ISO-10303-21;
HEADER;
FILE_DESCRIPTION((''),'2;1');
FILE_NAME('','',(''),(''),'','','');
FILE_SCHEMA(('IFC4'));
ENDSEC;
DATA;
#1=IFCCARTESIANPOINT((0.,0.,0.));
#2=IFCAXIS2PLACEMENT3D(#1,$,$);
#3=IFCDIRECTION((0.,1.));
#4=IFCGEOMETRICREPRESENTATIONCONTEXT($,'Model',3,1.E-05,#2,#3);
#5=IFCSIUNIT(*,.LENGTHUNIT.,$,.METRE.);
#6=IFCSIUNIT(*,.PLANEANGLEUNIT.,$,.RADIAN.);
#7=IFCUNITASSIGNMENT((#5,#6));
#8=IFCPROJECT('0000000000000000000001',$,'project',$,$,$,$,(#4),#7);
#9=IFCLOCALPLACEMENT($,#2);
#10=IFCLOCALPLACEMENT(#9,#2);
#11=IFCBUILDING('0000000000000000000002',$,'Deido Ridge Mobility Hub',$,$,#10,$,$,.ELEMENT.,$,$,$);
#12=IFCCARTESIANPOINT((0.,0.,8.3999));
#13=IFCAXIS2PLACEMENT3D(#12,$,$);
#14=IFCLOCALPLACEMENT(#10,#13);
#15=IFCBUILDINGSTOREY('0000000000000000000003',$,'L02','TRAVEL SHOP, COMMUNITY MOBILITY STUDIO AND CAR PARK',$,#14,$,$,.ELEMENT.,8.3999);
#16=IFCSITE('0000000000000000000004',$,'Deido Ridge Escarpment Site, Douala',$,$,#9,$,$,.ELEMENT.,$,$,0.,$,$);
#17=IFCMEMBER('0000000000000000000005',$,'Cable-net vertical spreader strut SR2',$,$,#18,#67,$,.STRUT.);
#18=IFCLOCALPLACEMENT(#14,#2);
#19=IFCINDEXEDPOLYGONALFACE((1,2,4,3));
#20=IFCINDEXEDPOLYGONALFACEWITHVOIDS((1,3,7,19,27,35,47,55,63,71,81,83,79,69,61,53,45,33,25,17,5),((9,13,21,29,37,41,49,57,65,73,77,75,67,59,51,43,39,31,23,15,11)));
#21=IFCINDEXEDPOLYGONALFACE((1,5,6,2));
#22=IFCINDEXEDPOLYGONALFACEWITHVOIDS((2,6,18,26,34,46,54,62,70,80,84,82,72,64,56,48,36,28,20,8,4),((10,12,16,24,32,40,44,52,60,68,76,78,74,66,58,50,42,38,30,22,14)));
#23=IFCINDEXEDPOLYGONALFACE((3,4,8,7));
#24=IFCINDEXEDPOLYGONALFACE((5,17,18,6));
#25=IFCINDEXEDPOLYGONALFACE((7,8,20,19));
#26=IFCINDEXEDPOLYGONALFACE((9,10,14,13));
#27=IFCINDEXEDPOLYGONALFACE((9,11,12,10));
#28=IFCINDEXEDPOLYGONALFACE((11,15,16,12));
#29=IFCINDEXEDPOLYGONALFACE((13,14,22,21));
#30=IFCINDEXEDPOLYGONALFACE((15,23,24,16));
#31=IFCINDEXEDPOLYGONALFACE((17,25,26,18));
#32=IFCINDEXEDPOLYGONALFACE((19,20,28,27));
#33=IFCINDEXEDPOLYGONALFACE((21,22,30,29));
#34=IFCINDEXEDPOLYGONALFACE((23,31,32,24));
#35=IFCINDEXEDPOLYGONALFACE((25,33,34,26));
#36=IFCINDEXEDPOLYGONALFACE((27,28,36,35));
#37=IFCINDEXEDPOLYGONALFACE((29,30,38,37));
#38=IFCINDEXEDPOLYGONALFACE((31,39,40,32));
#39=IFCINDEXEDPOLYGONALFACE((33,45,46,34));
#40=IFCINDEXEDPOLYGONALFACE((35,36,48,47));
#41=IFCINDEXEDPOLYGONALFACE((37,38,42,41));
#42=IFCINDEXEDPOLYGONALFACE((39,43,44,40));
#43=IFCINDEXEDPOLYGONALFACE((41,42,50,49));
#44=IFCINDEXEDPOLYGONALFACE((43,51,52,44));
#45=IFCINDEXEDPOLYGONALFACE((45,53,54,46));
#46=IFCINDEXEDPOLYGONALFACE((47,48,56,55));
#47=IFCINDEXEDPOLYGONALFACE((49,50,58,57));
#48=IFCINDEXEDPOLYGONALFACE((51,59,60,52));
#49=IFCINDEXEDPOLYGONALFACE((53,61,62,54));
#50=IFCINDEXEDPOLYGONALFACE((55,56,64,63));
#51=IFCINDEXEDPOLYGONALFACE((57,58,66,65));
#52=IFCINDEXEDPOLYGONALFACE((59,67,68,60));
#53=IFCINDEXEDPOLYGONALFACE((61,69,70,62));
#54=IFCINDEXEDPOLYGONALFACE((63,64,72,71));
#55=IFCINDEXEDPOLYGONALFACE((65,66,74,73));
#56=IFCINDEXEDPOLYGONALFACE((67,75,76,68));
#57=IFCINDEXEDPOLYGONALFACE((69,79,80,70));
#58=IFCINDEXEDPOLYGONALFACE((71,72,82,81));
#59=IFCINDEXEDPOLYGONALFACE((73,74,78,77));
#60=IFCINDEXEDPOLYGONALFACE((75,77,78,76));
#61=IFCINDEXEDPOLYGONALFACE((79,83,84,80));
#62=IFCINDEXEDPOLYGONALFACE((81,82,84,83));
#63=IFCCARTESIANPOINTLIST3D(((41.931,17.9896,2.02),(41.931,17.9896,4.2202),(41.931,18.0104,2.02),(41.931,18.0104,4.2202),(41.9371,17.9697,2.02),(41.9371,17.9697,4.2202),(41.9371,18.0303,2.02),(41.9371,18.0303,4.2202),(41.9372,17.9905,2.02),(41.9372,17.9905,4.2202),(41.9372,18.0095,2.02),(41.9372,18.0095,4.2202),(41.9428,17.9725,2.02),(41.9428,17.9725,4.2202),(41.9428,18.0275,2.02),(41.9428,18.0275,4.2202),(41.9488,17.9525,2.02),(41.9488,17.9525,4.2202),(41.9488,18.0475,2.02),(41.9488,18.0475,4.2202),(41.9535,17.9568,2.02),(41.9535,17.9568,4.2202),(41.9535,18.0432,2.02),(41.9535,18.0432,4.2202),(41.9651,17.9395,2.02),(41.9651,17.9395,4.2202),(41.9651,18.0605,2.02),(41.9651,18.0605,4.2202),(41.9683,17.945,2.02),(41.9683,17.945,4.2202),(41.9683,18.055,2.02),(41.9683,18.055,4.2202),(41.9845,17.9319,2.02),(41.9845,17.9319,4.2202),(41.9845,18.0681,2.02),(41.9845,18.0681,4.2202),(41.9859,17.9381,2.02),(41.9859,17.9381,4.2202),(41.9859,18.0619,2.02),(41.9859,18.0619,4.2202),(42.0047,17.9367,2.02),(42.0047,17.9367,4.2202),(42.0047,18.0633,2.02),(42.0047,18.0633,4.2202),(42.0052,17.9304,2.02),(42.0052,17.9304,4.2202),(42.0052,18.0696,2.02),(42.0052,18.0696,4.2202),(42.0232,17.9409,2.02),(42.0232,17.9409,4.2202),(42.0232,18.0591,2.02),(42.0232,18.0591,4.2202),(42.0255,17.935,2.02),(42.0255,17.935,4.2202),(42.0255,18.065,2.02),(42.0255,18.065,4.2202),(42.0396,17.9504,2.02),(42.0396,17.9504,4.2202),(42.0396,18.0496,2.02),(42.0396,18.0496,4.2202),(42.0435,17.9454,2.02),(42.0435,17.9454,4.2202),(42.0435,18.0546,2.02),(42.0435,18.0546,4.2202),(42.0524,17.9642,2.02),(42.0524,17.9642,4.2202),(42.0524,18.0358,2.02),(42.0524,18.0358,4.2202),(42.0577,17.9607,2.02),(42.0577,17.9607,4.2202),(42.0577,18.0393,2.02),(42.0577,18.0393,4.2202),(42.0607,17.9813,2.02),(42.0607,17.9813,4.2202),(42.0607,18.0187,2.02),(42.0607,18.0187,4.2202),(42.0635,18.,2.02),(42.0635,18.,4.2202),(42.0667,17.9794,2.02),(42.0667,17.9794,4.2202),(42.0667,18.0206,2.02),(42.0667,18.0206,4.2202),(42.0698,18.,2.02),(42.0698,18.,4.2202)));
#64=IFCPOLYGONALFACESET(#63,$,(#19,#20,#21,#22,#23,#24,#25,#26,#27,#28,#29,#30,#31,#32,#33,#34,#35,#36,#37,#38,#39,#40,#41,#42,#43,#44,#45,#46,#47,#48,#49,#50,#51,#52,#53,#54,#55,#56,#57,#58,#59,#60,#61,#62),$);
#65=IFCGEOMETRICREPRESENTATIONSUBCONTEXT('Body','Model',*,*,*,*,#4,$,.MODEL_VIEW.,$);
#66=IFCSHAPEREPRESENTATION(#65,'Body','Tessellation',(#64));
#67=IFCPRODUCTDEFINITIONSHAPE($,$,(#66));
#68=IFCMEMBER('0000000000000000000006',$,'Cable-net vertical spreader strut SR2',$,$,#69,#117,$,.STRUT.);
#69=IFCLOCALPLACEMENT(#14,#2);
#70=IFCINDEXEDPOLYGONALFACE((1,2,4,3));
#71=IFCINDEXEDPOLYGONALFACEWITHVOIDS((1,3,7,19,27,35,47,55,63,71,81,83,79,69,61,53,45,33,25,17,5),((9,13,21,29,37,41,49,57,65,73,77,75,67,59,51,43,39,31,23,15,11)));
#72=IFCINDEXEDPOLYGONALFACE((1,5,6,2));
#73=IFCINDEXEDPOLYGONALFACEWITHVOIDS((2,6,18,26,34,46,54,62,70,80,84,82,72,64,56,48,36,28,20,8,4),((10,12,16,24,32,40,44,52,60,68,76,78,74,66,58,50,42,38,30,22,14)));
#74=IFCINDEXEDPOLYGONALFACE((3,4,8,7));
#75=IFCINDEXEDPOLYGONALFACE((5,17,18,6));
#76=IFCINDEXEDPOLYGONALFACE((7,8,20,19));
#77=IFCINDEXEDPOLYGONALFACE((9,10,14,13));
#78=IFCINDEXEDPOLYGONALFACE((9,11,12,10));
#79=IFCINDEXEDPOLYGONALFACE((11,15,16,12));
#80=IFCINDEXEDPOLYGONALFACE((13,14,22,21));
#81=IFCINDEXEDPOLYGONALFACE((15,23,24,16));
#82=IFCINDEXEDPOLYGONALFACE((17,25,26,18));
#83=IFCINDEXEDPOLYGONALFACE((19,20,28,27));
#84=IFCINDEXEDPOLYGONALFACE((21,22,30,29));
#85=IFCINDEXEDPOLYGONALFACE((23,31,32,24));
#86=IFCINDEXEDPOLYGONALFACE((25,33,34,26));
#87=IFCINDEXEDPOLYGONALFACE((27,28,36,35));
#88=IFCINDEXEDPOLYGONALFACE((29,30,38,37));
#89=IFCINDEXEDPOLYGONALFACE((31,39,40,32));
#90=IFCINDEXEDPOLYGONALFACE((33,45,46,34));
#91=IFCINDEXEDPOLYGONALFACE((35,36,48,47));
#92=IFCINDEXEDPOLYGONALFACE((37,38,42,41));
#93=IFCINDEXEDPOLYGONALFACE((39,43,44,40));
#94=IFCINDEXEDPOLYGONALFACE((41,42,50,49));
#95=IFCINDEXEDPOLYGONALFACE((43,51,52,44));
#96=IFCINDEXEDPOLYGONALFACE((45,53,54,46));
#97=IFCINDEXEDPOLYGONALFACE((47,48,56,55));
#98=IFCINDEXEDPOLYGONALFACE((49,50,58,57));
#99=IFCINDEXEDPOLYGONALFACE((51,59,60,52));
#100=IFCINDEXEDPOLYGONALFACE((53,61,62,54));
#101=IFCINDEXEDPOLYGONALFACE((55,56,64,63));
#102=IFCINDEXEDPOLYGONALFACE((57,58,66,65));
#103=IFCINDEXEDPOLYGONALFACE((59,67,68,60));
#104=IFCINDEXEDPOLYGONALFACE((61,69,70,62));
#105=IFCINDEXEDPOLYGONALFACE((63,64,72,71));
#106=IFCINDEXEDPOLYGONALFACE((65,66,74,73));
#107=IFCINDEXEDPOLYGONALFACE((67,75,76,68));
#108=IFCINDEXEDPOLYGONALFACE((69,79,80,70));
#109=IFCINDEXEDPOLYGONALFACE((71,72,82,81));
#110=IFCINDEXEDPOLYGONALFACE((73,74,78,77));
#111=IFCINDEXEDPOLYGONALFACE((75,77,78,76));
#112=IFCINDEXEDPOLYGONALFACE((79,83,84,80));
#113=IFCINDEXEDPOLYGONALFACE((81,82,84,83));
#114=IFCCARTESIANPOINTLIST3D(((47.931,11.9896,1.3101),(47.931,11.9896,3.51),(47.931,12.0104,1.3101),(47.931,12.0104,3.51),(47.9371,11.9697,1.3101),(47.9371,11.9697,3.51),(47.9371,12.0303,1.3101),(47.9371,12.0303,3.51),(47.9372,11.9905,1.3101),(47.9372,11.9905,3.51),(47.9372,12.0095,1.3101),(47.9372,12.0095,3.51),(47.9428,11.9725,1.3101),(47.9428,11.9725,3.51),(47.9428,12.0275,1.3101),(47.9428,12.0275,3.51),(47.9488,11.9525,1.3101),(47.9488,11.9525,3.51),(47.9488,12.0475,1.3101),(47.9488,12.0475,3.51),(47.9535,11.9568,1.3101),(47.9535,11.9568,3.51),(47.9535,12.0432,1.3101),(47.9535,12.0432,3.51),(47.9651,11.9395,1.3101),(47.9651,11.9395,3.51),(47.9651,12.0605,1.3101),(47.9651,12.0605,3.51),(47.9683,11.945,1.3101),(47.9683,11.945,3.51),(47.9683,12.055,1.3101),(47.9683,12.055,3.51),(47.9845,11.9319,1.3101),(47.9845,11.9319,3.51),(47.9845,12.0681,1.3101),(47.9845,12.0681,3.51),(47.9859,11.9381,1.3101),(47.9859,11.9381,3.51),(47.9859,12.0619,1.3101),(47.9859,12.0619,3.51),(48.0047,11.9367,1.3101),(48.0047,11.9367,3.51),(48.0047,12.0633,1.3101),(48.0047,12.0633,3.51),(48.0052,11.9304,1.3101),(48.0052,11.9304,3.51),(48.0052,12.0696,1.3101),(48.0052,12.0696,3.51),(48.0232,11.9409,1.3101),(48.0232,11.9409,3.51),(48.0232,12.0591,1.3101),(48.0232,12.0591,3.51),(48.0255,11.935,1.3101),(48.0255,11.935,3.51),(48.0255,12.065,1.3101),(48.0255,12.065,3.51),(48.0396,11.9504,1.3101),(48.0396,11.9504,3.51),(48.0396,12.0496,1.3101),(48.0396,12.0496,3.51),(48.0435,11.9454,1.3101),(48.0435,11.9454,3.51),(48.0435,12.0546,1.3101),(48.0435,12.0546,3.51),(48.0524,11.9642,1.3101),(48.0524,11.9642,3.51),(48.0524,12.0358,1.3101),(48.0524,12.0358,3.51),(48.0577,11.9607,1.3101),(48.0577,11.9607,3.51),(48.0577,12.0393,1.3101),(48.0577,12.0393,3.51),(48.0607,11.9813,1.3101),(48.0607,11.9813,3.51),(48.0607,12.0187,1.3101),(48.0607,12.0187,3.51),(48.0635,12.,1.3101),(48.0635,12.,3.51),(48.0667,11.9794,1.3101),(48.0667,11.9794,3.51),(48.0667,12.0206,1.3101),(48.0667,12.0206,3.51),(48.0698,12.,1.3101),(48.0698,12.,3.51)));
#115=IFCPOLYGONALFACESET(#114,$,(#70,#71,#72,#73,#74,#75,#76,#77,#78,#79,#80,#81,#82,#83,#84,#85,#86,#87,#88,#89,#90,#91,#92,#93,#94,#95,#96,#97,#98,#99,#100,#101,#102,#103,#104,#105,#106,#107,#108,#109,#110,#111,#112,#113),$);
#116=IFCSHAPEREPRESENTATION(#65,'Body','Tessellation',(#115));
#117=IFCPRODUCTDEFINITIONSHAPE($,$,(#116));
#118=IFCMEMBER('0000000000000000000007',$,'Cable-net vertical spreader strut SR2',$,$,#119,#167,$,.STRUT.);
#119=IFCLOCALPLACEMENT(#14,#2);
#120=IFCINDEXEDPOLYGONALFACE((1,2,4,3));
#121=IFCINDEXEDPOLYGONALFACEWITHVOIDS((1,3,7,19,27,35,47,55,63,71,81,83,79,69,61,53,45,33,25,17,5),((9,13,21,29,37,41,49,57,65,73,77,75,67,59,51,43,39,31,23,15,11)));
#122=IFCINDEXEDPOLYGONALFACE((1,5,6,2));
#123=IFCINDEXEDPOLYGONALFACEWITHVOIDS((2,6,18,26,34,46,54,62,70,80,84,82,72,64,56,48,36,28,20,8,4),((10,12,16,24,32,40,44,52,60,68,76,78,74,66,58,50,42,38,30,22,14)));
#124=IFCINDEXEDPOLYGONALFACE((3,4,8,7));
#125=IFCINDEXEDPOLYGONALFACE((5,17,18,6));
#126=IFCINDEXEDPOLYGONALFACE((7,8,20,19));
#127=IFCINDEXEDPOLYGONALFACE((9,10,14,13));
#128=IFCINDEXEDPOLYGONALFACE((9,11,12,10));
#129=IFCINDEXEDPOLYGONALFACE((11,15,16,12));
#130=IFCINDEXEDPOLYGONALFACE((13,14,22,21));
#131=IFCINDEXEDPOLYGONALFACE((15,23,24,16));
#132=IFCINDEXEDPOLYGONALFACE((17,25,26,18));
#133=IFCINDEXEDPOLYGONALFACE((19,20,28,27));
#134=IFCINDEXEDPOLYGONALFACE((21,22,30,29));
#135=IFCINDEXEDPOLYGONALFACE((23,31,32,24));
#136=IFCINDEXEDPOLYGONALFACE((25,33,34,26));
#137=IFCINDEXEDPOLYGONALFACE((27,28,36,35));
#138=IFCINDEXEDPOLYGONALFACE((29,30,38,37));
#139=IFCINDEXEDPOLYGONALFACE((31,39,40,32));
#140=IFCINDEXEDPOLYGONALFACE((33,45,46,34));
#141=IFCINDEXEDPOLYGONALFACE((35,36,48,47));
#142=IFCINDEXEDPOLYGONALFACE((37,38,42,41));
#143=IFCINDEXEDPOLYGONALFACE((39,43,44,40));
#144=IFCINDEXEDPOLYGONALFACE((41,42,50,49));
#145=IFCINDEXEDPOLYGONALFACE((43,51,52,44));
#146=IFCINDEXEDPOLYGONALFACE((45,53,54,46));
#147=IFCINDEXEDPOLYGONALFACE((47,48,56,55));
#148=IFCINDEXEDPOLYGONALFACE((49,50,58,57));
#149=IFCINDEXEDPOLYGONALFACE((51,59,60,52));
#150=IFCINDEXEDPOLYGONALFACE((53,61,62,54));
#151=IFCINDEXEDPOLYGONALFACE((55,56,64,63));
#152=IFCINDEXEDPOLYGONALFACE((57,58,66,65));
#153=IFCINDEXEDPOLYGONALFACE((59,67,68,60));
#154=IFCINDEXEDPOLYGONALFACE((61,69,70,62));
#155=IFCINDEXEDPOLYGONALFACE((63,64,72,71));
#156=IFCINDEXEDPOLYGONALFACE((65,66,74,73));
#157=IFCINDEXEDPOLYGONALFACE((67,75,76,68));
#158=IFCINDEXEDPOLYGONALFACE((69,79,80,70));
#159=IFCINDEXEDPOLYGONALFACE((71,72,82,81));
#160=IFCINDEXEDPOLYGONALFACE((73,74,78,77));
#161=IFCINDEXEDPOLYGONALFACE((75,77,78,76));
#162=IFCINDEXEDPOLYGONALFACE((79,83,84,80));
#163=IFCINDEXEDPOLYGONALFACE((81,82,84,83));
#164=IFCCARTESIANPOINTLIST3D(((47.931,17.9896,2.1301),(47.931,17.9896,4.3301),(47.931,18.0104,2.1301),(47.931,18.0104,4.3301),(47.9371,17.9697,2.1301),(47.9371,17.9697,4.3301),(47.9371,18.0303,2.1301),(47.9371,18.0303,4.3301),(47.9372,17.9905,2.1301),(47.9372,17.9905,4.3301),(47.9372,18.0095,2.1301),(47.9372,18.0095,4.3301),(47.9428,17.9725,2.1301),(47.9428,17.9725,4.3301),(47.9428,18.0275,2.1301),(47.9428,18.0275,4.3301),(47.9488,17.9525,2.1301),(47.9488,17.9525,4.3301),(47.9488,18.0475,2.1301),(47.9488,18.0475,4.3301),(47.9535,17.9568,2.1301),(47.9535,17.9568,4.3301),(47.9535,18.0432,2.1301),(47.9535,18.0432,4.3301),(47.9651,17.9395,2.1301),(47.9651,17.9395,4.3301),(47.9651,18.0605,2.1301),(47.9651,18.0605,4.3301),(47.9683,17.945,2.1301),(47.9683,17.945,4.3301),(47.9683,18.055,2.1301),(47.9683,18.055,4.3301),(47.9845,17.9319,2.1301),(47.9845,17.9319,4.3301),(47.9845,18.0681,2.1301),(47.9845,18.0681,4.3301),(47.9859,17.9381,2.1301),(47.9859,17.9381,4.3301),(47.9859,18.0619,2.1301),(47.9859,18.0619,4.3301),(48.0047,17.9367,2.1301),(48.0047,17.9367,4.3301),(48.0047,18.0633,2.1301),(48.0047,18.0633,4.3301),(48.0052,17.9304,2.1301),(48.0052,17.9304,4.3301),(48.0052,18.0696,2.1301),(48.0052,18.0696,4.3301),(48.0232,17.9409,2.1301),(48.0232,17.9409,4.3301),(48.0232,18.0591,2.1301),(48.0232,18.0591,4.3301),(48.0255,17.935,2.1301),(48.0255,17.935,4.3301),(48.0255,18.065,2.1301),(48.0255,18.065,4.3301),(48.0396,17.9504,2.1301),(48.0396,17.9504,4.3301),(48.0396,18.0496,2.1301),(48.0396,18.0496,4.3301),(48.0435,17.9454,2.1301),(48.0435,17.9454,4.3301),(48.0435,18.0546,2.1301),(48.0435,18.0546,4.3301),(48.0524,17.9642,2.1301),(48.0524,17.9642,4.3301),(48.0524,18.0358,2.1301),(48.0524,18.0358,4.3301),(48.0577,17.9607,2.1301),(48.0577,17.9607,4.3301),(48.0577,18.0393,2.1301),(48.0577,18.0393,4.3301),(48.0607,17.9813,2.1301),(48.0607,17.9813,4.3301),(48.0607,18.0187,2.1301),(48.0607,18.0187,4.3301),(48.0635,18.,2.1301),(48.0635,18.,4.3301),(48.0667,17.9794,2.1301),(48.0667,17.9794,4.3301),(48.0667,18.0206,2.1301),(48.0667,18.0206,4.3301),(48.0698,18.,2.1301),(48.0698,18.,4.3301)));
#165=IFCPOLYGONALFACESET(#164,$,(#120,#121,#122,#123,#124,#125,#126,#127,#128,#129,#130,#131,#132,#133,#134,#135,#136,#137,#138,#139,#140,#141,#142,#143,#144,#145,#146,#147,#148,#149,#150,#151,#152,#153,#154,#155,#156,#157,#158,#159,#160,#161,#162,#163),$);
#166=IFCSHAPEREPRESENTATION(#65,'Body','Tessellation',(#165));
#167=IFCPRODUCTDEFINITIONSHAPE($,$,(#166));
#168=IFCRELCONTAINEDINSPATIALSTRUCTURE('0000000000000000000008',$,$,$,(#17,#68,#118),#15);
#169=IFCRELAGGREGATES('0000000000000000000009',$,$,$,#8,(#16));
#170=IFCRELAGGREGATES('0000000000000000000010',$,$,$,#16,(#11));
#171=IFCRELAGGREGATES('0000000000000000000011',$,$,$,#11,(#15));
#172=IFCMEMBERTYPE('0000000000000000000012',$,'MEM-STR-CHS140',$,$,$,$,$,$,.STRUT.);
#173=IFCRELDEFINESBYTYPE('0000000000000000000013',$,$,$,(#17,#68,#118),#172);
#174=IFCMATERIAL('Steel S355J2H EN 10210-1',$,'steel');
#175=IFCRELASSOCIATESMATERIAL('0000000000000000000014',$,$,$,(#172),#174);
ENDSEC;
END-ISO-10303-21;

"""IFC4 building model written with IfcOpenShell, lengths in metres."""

from ifc_helpers import new_model, si_unit, direction, frame, origin, origin_2d, place, context, subcontext, project, spatial, hollow_circle, extrude, material, material_profile, profile_set, type_object, element, save


model = new_model("IFC4")

# Units and contexts
model_context = context("Model", 3, precision=1e-05, world=origin(), true_north=direction((0.0, 1.0)))
body_context = subcontext(model_context, "Body", "Model", "MODEL_VIEW")
ifc_project = project(units=[si_unit("LENGTHUNIT", "METRE"), si_unit("PLANEANGLEUNIT", "RADIAN")], contexts=[model_context])

# Site, building, storey
site_placement = place(None, origin())
site = spatial("IfcSite", under=ifc_project, at=site_placement, Name="Deido Ridge Escarpment Site, Douala", CompositionType="ELEMENT", RefElevation=0.0)
building_placement = place(site_placement, origin())
building = spatial("IfcBuilding", under=site, at=building_placement, Name="Deido Ridge Mobility Hub", CompositionType="ELEMENT")
storey_placement = place(building_placement, frame((0.0, 0.0, 8.3999)))
storey = spatial("IfcBuildingStorey", under=building, at=storey_placement, Name="L02", Description="TRAVEL SHOP, COMMUNITY MOBILITY STUDIO AND CAR PARK", CompositionType="ELEMENT", Elevation=8.3999)

# Members
ifc_material_1 = material(Name="Steel S355J2H EN 10210-1", Category="steel")
ifc_material_profile_1 = material_profile(ifc_material_1, hollow_circle(Radius=0.0698, WallThickness=0.0063, at=origin_2d()), Name="CHS 139.7x6.3")
ifc_profile_set_1 = profile_set([ifc_material_profile_1], Name="Steel S355J2H EN 10210-1")
member_type_1 = type_object("IfcMemberType", Name="MEM-STR-CHS140", PredefinedType="STRUT", material=ifc_profile_set_1)
member_1_placement = place(storey_placement, frame((42.0, 18.0, 2.02), z_axis=(0.0, 0.0, 1.0), x_axis=(1.0, 0.0, 0.0)))
element("IfcMember", 1, at=member_1_placement, inside=storey, type_object=member_type_1, Name="Cable-net vertical spreader strut SR2", PredefinedType="STRUT", context=body_context, shape_type="SweptSolid", body=[
    extrude(hollow_circle(Radius=0.0698, WallThickness=0.0063, at=origin_2d()), origin(), (0.0, 0.0, 1.0), 2.2002),
])
for number, where, z_axis, x_axis, name in (
    (2, (48.0, 12.0, 1.3101), (0.0, 0.0, 1.0), (1.0, 0.0, 0.0), "Cable-net vertical spreader strut SR2"),
    (3, (48.0, 18.0, 2.1301), (0.0, 0.0, 1.0), (1.0, 0.0, 0.0), "Cable-net vertical spreader strut SR2"),
):
    element("IfcMember", number, at=place(storey_placement, frame(where, z_axis=z_axis, x_axis=x_axis)), inside=storey, type_object=member_type_1, Name=name, PredefinedType="STRUT", context=body_context, shape_type="SweptSolid", body=[
        extrude(hollow_circle(Radius=0.0698, WallThickness=0.0063, at=origin_2d()), origin(), (0.0, 0.0, 1.0), 2.2),
    ])

save(model, "model.ifc")
